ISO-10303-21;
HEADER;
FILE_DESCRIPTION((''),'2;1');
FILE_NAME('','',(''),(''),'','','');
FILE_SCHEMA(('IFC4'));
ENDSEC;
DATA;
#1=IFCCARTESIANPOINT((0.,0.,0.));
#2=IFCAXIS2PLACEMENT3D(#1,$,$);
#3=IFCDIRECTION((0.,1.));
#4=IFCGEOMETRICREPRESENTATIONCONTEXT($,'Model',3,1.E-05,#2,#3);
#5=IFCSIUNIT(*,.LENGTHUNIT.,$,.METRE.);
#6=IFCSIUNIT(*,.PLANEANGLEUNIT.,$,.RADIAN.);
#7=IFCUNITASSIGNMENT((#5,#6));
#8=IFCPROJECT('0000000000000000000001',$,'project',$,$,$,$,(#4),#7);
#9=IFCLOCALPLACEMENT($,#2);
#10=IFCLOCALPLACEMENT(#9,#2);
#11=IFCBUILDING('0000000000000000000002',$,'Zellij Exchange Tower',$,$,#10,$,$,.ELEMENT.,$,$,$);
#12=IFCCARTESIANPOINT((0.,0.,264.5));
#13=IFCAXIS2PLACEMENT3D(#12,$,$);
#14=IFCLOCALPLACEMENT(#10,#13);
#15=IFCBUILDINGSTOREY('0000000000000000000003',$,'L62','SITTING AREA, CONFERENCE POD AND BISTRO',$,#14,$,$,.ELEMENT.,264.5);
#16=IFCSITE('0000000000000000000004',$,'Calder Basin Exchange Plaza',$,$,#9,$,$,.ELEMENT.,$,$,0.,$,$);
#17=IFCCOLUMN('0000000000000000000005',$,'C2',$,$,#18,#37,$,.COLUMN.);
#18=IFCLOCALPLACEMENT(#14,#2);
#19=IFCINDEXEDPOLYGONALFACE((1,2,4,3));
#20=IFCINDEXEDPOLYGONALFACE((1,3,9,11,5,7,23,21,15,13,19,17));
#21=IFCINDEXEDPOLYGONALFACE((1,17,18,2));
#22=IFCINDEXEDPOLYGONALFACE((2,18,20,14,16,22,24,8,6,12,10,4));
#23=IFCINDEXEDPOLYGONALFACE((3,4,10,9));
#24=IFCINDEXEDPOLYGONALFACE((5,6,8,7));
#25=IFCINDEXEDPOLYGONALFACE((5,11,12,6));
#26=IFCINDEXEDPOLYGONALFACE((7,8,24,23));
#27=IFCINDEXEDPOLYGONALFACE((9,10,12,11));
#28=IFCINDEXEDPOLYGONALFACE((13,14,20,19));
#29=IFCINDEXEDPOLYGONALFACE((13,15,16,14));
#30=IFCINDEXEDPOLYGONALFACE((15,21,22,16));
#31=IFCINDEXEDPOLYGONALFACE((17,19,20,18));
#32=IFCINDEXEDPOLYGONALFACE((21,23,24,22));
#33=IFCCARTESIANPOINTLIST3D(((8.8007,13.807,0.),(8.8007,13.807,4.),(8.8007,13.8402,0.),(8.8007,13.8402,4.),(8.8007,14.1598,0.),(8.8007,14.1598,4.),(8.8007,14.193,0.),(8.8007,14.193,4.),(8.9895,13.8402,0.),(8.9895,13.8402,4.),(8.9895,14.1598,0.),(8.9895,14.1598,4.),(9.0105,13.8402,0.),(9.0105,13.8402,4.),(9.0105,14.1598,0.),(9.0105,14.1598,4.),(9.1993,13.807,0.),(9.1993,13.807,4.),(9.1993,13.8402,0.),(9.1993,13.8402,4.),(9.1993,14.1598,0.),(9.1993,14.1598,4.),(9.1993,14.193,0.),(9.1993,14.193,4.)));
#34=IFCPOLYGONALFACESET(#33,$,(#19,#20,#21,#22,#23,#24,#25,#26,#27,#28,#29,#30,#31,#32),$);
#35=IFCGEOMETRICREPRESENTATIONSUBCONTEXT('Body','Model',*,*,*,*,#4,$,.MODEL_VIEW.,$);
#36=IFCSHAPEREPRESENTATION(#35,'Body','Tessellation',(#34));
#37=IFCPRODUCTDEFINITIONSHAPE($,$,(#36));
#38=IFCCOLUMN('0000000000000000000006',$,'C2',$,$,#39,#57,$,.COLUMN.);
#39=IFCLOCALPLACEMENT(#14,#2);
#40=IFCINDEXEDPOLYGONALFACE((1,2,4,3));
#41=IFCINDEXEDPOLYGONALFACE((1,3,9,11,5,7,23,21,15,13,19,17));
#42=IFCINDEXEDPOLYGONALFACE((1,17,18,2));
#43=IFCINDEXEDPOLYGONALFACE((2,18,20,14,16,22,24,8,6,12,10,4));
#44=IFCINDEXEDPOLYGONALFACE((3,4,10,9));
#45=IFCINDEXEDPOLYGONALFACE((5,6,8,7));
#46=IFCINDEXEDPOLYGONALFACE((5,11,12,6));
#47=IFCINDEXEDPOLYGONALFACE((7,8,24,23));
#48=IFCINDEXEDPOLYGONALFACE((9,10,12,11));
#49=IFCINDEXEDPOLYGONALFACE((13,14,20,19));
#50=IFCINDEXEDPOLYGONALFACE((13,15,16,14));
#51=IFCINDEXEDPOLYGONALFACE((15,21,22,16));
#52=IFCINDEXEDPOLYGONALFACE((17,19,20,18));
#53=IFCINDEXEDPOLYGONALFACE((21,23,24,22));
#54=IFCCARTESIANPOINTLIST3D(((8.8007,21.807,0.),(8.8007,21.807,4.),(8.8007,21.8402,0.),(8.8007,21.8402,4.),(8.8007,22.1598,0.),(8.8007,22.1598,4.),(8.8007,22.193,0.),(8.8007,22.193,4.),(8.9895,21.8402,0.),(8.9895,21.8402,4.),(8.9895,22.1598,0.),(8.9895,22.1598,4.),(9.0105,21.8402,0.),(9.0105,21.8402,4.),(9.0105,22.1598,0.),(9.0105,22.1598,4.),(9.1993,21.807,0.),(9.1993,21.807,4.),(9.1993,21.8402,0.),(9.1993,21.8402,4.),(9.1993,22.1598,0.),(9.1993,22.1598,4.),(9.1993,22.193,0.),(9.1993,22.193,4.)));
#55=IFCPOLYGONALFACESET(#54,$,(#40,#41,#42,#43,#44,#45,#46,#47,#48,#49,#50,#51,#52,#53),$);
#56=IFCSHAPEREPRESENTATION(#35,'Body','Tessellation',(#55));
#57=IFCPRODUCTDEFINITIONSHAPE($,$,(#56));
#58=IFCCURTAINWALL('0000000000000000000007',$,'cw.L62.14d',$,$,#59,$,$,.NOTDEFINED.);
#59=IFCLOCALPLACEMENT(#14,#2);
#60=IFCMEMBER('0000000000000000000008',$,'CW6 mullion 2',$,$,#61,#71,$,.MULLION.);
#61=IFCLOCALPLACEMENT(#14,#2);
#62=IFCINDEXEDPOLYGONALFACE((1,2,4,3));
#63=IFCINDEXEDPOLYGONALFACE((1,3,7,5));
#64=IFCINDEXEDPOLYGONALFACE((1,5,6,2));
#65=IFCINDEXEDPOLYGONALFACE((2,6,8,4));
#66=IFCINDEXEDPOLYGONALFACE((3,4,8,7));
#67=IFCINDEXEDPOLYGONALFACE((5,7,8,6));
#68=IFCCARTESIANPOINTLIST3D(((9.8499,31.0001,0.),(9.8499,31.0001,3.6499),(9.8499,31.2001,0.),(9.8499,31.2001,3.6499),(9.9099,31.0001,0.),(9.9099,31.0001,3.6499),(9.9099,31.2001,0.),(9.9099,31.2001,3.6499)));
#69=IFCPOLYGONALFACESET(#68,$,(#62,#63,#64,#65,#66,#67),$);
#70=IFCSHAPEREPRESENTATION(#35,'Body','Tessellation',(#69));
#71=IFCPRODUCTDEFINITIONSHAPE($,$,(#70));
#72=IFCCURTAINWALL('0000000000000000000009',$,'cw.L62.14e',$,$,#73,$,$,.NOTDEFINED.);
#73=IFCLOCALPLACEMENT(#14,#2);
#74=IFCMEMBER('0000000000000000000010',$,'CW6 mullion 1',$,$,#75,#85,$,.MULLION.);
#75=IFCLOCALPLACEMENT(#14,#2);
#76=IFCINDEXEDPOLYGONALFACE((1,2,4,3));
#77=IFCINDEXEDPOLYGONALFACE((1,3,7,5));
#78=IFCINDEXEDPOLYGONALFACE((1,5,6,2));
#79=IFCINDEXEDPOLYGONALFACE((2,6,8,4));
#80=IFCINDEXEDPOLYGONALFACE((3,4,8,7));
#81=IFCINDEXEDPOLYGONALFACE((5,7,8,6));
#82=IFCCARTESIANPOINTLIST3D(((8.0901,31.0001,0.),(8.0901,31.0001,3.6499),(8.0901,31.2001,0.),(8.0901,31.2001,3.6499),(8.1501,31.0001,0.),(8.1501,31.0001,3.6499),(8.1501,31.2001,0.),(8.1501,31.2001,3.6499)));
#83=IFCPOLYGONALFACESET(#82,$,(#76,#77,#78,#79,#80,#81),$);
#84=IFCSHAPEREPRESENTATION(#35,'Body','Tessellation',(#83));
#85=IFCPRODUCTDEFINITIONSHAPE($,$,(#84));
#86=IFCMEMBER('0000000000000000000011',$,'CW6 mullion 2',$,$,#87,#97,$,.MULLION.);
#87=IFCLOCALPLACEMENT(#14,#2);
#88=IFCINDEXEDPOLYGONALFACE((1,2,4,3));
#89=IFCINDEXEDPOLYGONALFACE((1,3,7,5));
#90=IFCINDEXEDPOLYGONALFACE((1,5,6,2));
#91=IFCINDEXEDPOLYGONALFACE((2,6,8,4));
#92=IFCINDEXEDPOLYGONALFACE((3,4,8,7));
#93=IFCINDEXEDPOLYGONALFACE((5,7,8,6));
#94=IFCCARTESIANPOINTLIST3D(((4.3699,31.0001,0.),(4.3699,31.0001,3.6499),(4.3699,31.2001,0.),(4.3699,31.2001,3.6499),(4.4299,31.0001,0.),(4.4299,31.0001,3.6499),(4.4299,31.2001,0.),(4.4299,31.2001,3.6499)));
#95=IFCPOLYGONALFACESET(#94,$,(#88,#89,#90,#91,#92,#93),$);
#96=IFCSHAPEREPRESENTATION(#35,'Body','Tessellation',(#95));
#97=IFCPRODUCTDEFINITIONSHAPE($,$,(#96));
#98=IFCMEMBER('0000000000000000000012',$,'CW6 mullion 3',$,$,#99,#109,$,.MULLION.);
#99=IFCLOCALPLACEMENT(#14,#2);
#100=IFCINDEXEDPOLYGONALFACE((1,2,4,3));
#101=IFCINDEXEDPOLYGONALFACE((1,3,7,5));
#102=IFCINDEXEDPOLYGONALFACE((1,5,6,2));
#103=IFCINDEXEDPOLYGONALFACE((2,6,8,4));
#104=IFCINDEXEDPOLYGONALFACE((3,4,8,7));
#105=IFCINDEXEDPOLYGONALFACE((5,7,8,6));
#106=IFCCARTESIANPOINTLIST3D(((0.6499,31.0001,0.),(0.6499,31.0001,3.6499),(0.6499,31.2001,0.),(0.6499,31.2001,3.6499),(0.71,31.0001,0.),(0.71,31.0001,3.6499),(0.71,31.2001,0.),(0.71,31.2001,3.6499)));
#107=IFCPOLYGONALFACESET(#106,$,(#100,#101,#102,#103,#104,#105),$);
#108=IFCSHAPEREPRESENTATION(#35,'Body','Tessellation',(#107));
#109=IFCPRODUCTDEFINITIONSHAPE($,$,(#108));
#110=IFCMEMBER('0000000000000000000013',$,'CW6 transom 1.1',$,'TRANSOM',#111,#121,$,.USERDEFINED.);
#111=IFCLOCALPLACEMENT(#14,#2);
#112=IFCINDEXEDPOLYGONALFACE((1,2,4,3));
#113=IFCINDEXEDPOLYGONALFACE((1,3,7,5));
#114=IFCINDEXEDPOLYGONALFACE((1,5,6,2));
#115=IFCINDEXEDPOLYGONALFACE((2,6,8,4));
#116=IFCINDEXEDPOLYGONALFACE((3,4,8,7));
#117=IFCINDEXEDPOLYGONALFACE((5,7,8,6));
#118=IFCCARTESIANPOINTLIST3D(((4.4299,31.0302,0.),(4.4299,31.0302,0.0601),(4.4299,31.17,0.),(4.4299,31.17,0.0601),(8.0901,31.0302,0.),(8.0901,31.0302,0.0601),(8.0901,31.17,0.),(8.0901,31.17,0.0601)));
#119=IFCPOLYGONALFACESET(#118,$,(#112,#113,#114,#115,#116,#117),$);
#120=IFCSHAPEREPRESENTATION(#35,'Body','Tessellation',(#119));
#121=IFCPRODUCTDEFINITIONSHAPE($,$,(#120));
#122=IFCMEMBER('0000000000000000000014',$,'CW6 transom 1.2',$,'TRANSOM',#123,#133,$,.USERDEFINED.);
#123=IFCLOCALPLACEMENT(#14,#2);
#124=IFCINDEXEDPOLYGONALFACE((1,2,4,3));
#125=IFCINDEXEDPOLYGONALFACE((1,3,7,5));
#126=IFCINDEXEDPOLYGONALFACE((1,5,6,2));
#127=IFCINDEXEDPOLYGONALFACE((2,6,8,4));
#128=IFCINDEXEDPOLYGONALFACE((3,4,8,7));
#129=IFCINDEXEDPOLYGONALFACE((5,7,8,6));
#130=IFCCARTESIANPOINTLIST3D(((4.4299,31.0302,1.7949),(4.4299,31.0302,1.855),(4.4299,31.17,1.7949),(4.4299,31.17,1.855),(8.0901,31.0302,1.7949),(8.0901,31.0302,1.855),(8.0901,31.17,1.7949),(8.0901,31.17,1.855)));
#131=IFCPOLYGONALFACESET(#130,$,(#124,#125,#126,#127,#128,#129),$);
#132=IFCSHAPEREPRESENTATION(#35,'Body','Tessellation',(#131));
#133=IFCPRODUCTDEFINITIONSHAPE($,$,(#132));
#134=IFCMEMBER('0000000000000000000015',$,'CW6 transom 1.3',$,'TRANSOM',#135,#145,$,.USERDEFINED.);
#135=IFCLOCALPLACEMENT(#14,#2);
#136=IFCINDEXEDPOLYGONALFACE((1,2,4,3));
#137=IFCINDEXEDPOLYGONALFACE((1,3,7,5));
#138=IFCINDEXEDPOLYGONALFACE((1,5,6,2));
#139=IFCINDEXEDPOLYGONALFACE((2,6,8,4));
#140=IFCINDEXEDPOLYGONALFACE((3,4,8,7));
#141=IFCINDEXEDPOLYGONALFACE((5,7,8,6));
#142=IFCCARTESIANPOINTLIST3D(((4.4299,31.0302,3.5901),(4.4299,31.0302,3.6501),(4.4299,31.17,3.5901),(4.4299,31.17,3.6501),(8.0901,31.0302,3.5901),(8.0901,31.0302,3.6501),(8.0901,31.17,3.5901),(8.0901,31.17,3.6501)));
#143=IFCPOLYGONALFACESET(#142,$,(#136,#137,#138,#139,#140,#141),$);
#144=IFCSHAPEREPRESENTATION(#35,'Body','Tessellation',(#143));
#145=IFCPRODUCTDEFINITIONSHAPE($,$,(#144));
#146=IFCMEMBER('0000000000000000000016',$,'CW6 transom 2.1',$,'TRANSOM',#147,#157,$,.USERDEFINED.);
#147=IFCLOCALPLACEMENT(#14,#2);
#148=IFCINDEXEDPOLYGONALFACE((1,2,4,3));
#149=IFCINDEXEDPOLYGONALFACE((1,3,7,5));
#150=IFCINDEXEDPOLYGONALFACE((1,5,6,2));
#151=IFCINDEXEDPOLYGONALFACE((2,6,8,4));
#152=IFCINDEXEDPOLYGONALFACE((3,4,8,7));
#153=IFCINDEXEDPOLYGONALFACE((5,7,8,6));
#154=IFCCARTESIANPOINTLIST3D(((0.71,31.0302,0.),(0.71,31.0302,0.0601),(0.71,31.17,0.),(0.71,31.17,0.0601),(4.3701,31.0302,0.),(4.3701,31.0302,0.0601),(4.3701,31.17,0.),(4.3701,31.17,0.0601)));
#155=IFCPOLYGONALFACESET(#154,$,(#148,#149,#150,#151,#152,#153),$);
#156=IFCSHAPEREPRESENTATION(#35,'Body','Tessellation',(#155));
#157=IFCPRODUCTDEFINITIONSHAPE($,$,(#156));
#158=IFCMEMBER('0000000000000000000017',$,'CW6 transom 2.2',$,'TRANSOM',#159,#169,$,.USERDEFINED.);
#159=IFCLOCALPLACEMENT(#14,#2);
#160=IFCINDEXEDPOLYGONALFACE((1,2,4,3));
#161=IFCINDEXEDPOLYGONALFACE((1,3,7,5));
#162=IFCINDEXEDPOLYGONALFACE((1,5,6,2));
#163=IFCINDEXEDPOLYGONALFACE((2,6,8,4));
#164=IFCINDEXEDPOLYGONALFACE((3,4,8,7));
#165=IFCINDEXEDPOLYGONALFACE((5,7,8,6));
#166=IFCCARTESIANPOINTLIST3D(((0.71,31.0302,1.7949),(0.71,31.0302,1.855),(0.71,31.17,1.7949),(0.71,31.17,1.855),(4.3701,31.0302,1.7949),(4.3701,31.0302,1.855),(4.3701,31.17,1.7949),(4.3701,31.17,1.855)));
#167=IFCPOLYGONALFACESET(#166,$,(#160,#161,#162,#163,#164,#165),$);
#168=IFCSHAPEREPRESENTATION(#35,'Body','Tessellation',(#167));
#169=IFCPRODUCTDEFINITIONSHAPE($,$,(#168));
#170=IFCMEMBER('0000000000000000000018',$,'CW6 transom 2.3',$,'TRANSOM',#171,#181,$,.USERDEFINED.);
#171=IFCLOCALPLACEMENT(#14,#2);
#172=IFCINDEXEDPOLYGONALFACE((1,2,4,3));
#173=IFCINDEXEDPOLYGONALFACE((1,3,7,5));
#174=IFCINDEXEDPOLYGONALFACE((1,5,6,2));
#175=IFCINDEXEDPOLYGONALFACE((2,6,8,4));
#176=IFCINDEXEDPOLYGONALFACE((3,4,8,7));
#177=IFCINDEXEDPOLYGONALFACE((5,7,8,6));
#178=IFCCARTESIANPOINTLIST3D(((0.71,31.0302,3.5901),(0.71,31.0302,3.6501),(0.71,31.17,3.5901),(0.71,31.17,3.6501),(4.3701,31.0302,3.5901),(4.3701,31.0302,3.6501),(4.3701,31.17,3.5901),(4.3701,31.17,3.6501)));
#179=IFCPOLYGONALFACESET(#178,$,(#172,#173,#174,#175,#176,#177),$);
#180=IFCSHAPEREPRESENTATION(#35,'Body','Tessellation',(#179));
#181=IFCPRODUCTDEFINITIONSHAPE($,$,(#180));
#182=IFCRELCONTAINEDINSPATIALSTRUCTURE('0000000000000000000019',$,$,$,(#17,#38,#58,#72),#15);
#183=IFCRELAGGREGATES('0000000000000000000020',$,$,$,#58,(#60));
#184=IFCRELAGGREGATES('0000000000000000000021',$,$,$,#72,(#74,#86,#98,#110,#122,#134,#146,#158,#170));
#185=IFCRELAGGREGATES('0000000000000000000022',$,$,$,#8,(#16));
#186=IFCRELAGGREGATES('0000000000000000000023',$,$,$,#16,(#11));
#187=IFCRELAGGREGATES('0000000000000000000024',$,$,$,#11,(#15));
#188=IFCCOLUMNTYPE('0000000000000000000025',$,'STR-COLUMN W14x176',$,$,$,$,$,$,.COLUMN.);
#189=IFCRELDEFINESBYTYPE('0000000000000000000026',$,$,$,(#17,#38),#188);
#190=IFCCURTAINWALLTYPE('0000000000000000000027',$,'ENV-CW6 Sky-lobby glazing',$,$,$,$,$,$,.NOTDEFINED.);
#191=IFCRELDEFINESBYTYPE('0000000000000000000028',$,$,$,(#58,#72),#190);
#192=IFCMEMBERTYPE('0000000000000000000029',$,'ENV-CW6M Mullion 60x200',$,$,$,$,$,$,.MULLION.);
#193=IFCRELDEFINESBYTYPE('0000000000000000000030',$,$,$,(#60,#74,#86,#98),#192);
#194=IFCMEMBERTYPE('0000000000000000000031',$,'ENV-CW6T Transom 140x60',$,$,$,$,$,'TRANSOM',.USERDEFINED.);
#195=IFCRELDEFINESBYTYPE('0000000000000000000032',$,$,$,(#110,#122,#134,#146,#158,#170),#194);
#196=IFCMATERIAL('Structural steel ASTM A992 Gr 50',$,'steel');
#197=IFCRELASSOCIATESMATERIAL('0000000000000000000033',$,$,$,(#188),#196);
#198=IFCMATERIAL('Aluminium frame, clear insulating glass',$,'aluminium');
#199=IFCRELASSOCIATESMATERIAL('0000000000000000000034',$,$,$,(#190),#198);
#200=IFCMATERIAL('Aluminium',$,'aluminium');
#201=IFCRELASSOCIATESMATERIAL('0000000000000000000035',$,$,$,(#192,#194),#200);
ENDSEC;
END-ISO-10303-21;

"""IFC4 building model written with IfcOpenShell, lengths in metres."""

from ifc_helpers import new_model, si_unit, direction, frame, origin, origin_2d, place, context, subcontext, project, spatial, rectangle, i_section, extrude, material, material_profile, profile_set, type_object, element, aggregate, save


model = new_model("IFC4")

# Units and contexts
model_context = context("Model", 3, precision=1e-05, world=origin(), true_north=direction((0.0, 1.0)))
body_context = subcontext(model_context, "Body", "Model", "MODEL_VIEW")
ifc_project = project(units=[si_unit("LENGTHUNIT", "METRE"), si_unit("PLANEANGLEUNIT", "RADIAN")], contexts=[model_context])

# Site, building, storey
site_placement = place(None, origin())
site = spatial("IfcSite", under=ifc_project, at=site_placement, Name="Calder Basin Exchange Plaza", CompositionType="ELEMENT", RefElevation=0.0)
building_placement = place(site_placement, origin())
building = spatial("IfcBuilding", under=site, at=building_placement, Name="Zellij Exchange Tower", CompositionType="ELEMENT")
storey_placement = place(building_placement, frame((0.0, 0.0, 264.5)))
storey = spatial("IfcBuildingStorey", under=building, at=storey_placement, Name="L62", Description="SITTING AREA, CONFERENCE POD AND BISTRO", CompositionType="ELEMENT", Elevation=264.5)

# Columns
ifc_material_1 = material(Name="Structural steel ASTM A992 Gr 50", Category="steel")
ifc_material_profile_1 = material_profile(ifc_material_1, i_section(OverallWidth=0.3987, OverallDepth=0.386, WebThickness=0.021, FlangeThickness=0.0332, at=origin_2d()), Name="W14x176")
ifc_profile_set_1 = profile_set([ifc_material_profile_1], Name="Structural steel ASTM A992 Gr 50")
column_type_1 = type_object("IfcColumnType", Name="STR-COLUMN W14x176", PredefinedType="COLUMN", material=ifc_profile_set_1)
for number, where, z_axis, x_axis, name in (
    (1, (9.0, 14.0, 0.0), (0.0, 0.0, 1.0), (1.0, 0.0, 0.0), "C2"),
    (2, (9.0, 22.0, 0.0), (0.0, 0.0, 1.0), (1.0, 0.0, 0.0), "C2"),
):
    element("IfcColumn", number, at=place(storey_placement, frame(where, z_axis=z_axis, x_axis=x_axis)), inside=storey, type_object=column_type_1, Name=name, PredefinedType="COLUMN", context=body_context, shape_type="SweptSolid", body=[
        extrude(i_section(OverallWidth=0.3987, OverallDepth=0.386, WebThickness=0.021, FlangeThickness=0.0332, at=origin_2d()), origin(), (0.0, 0.0, 1.0), 4.0),
    ])

# Curtain wall, member
ifc_material_2 = material(Name="Aluminium frame, clear insulating glass", Category="aluminium")
curtain_wall_type = type_object("IfcCurtainWallType", Name="ENV-CW6 Sky-lobby glazing", PredefinedType="NOTDEFINED", material=ifc_material_2)
curtain_wall_1_placement = place(storey_placement, origin())
curtain_wall_1 = element("IfcCurtainWall", 3, at=curtain_wall_1_placement, inside=storey, type_object=curtain_wall_type, Name="cw.L62.14d", PredefinedType="NOTDEFINED")
ifc_material_3 = material(Name="Aluminium", Category="aluminium")
ifc_material_profile_2 = material_profile(ifc_material_3, rectangle(XDim=0.0601, YDim=0.2, at=origin_2d()), Name="AL 60x200")
ifc_profile_set_2 = profile_set([ifc_material_profile_2], Name="Aluminium")
member_type_1 = type_object("IfcMemberType", Name="ENV-CW6M Mullion 60x200", PredefinedType="MULLION", material=ifc_profile_set_2)
member_1_placement = place(storey_placement, frame((9.8799, 31.1001, 0.0), z_axis=(0.0, 0.0, 1.0), x_axis=(-1.0, 0.0, 0.0)))
member_1 = element("IfcMember", 4, at=member_1_placement, type_object=member_type_1, Name="CW6 mullion 2", PredefinedType="MULLION", context=body_context, shape_type="SweptSolid", body=[
    extrude(rectangle(XDim=0.0601, YDim=0.2, at=origin_2d()), origin(), (0.0, 0.0, 1.0), 3.6499),
])

# Curtain wall, members
curtain_wall_2_placement = place(storey_placement, origin())
curtain_wall_2 = element("IfcCurtainWall", 5, at=curtain_wall_2_placement, inside=storey, type_object=curtain_wall_type, Name="cw.L62.14e", PredefinedType="NOTDEFINED")
member_2_placement = place(storey_placement, frame((8.1201, 31.1001, 0.0), z_axis=(0.0, 0.0, 1.0), x_axis=(-1.0, 0.0, 0.0)))
member_2 = element("IfcMember", 6, at=member_2_placement, type_object=member_type_1, Name="CW6 mullion 1", PredefinedType="MULLION", context=body_context, shape_type="SweptSolid", body=[
    extrude(rectangle(XDim=0.0601, YDim=0.2, at=origin_2d()), origin(), (0.0, 0.0, 1.0), 3.6499),
])
member_3_placement = place(storey_placement, frame((4.3999, 31.1001, 0.0), z_axis=(0.0, 0.0, 1.0), x_axis=(-1.0, 0.0, 0.0)))
member_3 = element("IfcMember", 7, at=member_3_placement, type_object=member_type_1, Name="CW6 mullion 2", PredefinedType="MULLION", context=body_context, shape_type="SweptSolid", body=[
    extrude(rectangle(XDim=0.0601, YDim=0.2, at=origin_2d()), origin(), (0.0, 0.0, 1.0), 3.6499),
])
member_4_placement = place(storey_placement, frame((0.6799, 31.1001, 0.0), z_axis=(0.0, 0.0, 1.0), x_axis=(-1.0, 0.0, 0.0)))
member_4 = element("IfcMember", 8, at=member_4_placement, type_object=member_type_1, Name="CW6 mullion 3", PredefinedType="MULLION", context=body_context, shape_type="SweptSolid", body=[
    extrude(rectangle(XDim=0.0601, YDim=0.2, at=origin_2d()), origin(), (0.0, 0.0, 1.0), 3.6499),
])
ifc_material_profile_3 = material_profile(ifc_material_3, rectangle(XDim=0.1399, YDim=0.0601, at=origin_2d()), Name="AL 140x60")
ifc_profile_set_3 = profile_set([ifc_material_profile_3], Name="Aluminium")
member_type_2 = type_object("IfcMemberType", Name="ENV-CW6T Transom 140x60", ElementType="TRANSOM", PredefinedType="USERDEFINED", material=ifc_profile_set_3)
member_5_placement = place(storey_placement, frame((8.0901, 31.1001, 0.03), z_axis=(-1.0, 0.0, 0.0), x_axis=(0.0, -1.0, 0.0)))
member_5 = element("IfcMember", 9, at=member_5_placement, type_object=member_type_2, Name="CW6 transom 1.1", ObjectType="TRANSOM", PredefinedType="USERDEFINED", context=body_context, shape_type="SweptSolid", body=[
    extrude(rectangle(XDim=0.1399, YDim=0.0601, at=origin_2d()), origin(), (0.0, 0.0, 1.0), 3.6602),
])
member_6_placement = place(storey_placement, frame((8.0901, 31.1001, 1.825), z_axis=(-1.0, 0.0, 0.0), x_axis=(0.0, -1.0, 0.0)))
member_6 = element("IfcMember", 10, at=member_6_placement, type_object=member_type_2, Name="CW6 transom 1.2", ObjectType="TRANSOM", PredefinedType="USERDEFINED", context=body_context, shape_type="SweptSolid", body=[
    extrude(rectangle(XDim=0.1399, YDim=0.0601, at=origin_2d()), origin(), (0.0, 0.0, 1.0), 3.6602),
])
member_7_placement = place(storey_placement, frame((8.0901, 31.1001, 3.6201), z_axis=(-1.0, 0.0, 0.0), x_axis=(0.0, -1.0, 0.0)))
member_7 = element("IfcMember", 11, at=member_7_placement, type_object=member_type_2, Name="CW6 transom 1.3", ObjectType="TRANSOM", PredefinedType="USERDEFINED", context=body_context, shape_type="SweptSolid", body=[
    extrude(rectangle(XDim=0.1399, YDim=0.0601, at=origin_2d()), origin(), (0.0, 0.0, 1.0), 3.6602),
])
member_8_placement = place(storey_placement, frame((4.3701, 31.1001, 0.03), z_axis=(-1.0, 0.0, 0.0), x_axis=(0.0, -1.0, 0.0)))
member_8 = element("IfcMember", 12, at=member_8_placement, type_object=member_type_2, Name="CW6 transom 2.1", ObjectType="TRANSOM", PredefinedType="USERDEFINED", context=body_context, shape_type="SweptSolid", body=[
    extrude(rectangle(XDim=0.1399, YDim=0.0601, at=origin_2d()), origin(), (0.0, 0.0, 1.0), 3.6602),
])
member_9_placement = place(storey_placement, frame((4.3701, 31.1001, 1.825), z_axis=(-1.0, 0.0, 0.0), x_axis=(0.0, -1.0, 0.0)))
member_9 = element("IfcMember", 13, at=member_9_placement, type_object=member_type_2, Name="CW6 transom 2.2", ObjectType="TRANSOM", PredefinedType="USERDEFINED", context=body_context, shape_type="SweptSolid", body=[
    extrude(rectangle(XDim=0.1399, YDim=0.0601, at=origin_2d()), origin(), (0.0, 0.0, 1.0), 3.6602),
])
member_10_placement = place(storey_placement, frame((4.3701, 31.1001, 3.6201), z_axis=(-1.0, 0.0, 0.0), x_axis=(0.0, -1.0, 0.0)))
member_10 = element("IfcMember", 14, at=member_10_placement, type_object=member_type_2, Name="CW6 transom 2.3", ObjectType="TRANSOM", PredefinedType="USERDEFINED", context=body_context, shape_type="SweptSolid", body=[
    extrude(rectangle(XDim=0.1399, YDim=0.0601, at=origin_2d()), origin(), (0.0, 0.0, 1.0), 3.6602),
])

aggregate(curtain_wall_1, [member_1])
aggregate(curtain_wall_2, [member_2, member_3, member_4, member_5, member_6, member_7, member_8, member_9, member_10])

save(model, "model.ifc")
